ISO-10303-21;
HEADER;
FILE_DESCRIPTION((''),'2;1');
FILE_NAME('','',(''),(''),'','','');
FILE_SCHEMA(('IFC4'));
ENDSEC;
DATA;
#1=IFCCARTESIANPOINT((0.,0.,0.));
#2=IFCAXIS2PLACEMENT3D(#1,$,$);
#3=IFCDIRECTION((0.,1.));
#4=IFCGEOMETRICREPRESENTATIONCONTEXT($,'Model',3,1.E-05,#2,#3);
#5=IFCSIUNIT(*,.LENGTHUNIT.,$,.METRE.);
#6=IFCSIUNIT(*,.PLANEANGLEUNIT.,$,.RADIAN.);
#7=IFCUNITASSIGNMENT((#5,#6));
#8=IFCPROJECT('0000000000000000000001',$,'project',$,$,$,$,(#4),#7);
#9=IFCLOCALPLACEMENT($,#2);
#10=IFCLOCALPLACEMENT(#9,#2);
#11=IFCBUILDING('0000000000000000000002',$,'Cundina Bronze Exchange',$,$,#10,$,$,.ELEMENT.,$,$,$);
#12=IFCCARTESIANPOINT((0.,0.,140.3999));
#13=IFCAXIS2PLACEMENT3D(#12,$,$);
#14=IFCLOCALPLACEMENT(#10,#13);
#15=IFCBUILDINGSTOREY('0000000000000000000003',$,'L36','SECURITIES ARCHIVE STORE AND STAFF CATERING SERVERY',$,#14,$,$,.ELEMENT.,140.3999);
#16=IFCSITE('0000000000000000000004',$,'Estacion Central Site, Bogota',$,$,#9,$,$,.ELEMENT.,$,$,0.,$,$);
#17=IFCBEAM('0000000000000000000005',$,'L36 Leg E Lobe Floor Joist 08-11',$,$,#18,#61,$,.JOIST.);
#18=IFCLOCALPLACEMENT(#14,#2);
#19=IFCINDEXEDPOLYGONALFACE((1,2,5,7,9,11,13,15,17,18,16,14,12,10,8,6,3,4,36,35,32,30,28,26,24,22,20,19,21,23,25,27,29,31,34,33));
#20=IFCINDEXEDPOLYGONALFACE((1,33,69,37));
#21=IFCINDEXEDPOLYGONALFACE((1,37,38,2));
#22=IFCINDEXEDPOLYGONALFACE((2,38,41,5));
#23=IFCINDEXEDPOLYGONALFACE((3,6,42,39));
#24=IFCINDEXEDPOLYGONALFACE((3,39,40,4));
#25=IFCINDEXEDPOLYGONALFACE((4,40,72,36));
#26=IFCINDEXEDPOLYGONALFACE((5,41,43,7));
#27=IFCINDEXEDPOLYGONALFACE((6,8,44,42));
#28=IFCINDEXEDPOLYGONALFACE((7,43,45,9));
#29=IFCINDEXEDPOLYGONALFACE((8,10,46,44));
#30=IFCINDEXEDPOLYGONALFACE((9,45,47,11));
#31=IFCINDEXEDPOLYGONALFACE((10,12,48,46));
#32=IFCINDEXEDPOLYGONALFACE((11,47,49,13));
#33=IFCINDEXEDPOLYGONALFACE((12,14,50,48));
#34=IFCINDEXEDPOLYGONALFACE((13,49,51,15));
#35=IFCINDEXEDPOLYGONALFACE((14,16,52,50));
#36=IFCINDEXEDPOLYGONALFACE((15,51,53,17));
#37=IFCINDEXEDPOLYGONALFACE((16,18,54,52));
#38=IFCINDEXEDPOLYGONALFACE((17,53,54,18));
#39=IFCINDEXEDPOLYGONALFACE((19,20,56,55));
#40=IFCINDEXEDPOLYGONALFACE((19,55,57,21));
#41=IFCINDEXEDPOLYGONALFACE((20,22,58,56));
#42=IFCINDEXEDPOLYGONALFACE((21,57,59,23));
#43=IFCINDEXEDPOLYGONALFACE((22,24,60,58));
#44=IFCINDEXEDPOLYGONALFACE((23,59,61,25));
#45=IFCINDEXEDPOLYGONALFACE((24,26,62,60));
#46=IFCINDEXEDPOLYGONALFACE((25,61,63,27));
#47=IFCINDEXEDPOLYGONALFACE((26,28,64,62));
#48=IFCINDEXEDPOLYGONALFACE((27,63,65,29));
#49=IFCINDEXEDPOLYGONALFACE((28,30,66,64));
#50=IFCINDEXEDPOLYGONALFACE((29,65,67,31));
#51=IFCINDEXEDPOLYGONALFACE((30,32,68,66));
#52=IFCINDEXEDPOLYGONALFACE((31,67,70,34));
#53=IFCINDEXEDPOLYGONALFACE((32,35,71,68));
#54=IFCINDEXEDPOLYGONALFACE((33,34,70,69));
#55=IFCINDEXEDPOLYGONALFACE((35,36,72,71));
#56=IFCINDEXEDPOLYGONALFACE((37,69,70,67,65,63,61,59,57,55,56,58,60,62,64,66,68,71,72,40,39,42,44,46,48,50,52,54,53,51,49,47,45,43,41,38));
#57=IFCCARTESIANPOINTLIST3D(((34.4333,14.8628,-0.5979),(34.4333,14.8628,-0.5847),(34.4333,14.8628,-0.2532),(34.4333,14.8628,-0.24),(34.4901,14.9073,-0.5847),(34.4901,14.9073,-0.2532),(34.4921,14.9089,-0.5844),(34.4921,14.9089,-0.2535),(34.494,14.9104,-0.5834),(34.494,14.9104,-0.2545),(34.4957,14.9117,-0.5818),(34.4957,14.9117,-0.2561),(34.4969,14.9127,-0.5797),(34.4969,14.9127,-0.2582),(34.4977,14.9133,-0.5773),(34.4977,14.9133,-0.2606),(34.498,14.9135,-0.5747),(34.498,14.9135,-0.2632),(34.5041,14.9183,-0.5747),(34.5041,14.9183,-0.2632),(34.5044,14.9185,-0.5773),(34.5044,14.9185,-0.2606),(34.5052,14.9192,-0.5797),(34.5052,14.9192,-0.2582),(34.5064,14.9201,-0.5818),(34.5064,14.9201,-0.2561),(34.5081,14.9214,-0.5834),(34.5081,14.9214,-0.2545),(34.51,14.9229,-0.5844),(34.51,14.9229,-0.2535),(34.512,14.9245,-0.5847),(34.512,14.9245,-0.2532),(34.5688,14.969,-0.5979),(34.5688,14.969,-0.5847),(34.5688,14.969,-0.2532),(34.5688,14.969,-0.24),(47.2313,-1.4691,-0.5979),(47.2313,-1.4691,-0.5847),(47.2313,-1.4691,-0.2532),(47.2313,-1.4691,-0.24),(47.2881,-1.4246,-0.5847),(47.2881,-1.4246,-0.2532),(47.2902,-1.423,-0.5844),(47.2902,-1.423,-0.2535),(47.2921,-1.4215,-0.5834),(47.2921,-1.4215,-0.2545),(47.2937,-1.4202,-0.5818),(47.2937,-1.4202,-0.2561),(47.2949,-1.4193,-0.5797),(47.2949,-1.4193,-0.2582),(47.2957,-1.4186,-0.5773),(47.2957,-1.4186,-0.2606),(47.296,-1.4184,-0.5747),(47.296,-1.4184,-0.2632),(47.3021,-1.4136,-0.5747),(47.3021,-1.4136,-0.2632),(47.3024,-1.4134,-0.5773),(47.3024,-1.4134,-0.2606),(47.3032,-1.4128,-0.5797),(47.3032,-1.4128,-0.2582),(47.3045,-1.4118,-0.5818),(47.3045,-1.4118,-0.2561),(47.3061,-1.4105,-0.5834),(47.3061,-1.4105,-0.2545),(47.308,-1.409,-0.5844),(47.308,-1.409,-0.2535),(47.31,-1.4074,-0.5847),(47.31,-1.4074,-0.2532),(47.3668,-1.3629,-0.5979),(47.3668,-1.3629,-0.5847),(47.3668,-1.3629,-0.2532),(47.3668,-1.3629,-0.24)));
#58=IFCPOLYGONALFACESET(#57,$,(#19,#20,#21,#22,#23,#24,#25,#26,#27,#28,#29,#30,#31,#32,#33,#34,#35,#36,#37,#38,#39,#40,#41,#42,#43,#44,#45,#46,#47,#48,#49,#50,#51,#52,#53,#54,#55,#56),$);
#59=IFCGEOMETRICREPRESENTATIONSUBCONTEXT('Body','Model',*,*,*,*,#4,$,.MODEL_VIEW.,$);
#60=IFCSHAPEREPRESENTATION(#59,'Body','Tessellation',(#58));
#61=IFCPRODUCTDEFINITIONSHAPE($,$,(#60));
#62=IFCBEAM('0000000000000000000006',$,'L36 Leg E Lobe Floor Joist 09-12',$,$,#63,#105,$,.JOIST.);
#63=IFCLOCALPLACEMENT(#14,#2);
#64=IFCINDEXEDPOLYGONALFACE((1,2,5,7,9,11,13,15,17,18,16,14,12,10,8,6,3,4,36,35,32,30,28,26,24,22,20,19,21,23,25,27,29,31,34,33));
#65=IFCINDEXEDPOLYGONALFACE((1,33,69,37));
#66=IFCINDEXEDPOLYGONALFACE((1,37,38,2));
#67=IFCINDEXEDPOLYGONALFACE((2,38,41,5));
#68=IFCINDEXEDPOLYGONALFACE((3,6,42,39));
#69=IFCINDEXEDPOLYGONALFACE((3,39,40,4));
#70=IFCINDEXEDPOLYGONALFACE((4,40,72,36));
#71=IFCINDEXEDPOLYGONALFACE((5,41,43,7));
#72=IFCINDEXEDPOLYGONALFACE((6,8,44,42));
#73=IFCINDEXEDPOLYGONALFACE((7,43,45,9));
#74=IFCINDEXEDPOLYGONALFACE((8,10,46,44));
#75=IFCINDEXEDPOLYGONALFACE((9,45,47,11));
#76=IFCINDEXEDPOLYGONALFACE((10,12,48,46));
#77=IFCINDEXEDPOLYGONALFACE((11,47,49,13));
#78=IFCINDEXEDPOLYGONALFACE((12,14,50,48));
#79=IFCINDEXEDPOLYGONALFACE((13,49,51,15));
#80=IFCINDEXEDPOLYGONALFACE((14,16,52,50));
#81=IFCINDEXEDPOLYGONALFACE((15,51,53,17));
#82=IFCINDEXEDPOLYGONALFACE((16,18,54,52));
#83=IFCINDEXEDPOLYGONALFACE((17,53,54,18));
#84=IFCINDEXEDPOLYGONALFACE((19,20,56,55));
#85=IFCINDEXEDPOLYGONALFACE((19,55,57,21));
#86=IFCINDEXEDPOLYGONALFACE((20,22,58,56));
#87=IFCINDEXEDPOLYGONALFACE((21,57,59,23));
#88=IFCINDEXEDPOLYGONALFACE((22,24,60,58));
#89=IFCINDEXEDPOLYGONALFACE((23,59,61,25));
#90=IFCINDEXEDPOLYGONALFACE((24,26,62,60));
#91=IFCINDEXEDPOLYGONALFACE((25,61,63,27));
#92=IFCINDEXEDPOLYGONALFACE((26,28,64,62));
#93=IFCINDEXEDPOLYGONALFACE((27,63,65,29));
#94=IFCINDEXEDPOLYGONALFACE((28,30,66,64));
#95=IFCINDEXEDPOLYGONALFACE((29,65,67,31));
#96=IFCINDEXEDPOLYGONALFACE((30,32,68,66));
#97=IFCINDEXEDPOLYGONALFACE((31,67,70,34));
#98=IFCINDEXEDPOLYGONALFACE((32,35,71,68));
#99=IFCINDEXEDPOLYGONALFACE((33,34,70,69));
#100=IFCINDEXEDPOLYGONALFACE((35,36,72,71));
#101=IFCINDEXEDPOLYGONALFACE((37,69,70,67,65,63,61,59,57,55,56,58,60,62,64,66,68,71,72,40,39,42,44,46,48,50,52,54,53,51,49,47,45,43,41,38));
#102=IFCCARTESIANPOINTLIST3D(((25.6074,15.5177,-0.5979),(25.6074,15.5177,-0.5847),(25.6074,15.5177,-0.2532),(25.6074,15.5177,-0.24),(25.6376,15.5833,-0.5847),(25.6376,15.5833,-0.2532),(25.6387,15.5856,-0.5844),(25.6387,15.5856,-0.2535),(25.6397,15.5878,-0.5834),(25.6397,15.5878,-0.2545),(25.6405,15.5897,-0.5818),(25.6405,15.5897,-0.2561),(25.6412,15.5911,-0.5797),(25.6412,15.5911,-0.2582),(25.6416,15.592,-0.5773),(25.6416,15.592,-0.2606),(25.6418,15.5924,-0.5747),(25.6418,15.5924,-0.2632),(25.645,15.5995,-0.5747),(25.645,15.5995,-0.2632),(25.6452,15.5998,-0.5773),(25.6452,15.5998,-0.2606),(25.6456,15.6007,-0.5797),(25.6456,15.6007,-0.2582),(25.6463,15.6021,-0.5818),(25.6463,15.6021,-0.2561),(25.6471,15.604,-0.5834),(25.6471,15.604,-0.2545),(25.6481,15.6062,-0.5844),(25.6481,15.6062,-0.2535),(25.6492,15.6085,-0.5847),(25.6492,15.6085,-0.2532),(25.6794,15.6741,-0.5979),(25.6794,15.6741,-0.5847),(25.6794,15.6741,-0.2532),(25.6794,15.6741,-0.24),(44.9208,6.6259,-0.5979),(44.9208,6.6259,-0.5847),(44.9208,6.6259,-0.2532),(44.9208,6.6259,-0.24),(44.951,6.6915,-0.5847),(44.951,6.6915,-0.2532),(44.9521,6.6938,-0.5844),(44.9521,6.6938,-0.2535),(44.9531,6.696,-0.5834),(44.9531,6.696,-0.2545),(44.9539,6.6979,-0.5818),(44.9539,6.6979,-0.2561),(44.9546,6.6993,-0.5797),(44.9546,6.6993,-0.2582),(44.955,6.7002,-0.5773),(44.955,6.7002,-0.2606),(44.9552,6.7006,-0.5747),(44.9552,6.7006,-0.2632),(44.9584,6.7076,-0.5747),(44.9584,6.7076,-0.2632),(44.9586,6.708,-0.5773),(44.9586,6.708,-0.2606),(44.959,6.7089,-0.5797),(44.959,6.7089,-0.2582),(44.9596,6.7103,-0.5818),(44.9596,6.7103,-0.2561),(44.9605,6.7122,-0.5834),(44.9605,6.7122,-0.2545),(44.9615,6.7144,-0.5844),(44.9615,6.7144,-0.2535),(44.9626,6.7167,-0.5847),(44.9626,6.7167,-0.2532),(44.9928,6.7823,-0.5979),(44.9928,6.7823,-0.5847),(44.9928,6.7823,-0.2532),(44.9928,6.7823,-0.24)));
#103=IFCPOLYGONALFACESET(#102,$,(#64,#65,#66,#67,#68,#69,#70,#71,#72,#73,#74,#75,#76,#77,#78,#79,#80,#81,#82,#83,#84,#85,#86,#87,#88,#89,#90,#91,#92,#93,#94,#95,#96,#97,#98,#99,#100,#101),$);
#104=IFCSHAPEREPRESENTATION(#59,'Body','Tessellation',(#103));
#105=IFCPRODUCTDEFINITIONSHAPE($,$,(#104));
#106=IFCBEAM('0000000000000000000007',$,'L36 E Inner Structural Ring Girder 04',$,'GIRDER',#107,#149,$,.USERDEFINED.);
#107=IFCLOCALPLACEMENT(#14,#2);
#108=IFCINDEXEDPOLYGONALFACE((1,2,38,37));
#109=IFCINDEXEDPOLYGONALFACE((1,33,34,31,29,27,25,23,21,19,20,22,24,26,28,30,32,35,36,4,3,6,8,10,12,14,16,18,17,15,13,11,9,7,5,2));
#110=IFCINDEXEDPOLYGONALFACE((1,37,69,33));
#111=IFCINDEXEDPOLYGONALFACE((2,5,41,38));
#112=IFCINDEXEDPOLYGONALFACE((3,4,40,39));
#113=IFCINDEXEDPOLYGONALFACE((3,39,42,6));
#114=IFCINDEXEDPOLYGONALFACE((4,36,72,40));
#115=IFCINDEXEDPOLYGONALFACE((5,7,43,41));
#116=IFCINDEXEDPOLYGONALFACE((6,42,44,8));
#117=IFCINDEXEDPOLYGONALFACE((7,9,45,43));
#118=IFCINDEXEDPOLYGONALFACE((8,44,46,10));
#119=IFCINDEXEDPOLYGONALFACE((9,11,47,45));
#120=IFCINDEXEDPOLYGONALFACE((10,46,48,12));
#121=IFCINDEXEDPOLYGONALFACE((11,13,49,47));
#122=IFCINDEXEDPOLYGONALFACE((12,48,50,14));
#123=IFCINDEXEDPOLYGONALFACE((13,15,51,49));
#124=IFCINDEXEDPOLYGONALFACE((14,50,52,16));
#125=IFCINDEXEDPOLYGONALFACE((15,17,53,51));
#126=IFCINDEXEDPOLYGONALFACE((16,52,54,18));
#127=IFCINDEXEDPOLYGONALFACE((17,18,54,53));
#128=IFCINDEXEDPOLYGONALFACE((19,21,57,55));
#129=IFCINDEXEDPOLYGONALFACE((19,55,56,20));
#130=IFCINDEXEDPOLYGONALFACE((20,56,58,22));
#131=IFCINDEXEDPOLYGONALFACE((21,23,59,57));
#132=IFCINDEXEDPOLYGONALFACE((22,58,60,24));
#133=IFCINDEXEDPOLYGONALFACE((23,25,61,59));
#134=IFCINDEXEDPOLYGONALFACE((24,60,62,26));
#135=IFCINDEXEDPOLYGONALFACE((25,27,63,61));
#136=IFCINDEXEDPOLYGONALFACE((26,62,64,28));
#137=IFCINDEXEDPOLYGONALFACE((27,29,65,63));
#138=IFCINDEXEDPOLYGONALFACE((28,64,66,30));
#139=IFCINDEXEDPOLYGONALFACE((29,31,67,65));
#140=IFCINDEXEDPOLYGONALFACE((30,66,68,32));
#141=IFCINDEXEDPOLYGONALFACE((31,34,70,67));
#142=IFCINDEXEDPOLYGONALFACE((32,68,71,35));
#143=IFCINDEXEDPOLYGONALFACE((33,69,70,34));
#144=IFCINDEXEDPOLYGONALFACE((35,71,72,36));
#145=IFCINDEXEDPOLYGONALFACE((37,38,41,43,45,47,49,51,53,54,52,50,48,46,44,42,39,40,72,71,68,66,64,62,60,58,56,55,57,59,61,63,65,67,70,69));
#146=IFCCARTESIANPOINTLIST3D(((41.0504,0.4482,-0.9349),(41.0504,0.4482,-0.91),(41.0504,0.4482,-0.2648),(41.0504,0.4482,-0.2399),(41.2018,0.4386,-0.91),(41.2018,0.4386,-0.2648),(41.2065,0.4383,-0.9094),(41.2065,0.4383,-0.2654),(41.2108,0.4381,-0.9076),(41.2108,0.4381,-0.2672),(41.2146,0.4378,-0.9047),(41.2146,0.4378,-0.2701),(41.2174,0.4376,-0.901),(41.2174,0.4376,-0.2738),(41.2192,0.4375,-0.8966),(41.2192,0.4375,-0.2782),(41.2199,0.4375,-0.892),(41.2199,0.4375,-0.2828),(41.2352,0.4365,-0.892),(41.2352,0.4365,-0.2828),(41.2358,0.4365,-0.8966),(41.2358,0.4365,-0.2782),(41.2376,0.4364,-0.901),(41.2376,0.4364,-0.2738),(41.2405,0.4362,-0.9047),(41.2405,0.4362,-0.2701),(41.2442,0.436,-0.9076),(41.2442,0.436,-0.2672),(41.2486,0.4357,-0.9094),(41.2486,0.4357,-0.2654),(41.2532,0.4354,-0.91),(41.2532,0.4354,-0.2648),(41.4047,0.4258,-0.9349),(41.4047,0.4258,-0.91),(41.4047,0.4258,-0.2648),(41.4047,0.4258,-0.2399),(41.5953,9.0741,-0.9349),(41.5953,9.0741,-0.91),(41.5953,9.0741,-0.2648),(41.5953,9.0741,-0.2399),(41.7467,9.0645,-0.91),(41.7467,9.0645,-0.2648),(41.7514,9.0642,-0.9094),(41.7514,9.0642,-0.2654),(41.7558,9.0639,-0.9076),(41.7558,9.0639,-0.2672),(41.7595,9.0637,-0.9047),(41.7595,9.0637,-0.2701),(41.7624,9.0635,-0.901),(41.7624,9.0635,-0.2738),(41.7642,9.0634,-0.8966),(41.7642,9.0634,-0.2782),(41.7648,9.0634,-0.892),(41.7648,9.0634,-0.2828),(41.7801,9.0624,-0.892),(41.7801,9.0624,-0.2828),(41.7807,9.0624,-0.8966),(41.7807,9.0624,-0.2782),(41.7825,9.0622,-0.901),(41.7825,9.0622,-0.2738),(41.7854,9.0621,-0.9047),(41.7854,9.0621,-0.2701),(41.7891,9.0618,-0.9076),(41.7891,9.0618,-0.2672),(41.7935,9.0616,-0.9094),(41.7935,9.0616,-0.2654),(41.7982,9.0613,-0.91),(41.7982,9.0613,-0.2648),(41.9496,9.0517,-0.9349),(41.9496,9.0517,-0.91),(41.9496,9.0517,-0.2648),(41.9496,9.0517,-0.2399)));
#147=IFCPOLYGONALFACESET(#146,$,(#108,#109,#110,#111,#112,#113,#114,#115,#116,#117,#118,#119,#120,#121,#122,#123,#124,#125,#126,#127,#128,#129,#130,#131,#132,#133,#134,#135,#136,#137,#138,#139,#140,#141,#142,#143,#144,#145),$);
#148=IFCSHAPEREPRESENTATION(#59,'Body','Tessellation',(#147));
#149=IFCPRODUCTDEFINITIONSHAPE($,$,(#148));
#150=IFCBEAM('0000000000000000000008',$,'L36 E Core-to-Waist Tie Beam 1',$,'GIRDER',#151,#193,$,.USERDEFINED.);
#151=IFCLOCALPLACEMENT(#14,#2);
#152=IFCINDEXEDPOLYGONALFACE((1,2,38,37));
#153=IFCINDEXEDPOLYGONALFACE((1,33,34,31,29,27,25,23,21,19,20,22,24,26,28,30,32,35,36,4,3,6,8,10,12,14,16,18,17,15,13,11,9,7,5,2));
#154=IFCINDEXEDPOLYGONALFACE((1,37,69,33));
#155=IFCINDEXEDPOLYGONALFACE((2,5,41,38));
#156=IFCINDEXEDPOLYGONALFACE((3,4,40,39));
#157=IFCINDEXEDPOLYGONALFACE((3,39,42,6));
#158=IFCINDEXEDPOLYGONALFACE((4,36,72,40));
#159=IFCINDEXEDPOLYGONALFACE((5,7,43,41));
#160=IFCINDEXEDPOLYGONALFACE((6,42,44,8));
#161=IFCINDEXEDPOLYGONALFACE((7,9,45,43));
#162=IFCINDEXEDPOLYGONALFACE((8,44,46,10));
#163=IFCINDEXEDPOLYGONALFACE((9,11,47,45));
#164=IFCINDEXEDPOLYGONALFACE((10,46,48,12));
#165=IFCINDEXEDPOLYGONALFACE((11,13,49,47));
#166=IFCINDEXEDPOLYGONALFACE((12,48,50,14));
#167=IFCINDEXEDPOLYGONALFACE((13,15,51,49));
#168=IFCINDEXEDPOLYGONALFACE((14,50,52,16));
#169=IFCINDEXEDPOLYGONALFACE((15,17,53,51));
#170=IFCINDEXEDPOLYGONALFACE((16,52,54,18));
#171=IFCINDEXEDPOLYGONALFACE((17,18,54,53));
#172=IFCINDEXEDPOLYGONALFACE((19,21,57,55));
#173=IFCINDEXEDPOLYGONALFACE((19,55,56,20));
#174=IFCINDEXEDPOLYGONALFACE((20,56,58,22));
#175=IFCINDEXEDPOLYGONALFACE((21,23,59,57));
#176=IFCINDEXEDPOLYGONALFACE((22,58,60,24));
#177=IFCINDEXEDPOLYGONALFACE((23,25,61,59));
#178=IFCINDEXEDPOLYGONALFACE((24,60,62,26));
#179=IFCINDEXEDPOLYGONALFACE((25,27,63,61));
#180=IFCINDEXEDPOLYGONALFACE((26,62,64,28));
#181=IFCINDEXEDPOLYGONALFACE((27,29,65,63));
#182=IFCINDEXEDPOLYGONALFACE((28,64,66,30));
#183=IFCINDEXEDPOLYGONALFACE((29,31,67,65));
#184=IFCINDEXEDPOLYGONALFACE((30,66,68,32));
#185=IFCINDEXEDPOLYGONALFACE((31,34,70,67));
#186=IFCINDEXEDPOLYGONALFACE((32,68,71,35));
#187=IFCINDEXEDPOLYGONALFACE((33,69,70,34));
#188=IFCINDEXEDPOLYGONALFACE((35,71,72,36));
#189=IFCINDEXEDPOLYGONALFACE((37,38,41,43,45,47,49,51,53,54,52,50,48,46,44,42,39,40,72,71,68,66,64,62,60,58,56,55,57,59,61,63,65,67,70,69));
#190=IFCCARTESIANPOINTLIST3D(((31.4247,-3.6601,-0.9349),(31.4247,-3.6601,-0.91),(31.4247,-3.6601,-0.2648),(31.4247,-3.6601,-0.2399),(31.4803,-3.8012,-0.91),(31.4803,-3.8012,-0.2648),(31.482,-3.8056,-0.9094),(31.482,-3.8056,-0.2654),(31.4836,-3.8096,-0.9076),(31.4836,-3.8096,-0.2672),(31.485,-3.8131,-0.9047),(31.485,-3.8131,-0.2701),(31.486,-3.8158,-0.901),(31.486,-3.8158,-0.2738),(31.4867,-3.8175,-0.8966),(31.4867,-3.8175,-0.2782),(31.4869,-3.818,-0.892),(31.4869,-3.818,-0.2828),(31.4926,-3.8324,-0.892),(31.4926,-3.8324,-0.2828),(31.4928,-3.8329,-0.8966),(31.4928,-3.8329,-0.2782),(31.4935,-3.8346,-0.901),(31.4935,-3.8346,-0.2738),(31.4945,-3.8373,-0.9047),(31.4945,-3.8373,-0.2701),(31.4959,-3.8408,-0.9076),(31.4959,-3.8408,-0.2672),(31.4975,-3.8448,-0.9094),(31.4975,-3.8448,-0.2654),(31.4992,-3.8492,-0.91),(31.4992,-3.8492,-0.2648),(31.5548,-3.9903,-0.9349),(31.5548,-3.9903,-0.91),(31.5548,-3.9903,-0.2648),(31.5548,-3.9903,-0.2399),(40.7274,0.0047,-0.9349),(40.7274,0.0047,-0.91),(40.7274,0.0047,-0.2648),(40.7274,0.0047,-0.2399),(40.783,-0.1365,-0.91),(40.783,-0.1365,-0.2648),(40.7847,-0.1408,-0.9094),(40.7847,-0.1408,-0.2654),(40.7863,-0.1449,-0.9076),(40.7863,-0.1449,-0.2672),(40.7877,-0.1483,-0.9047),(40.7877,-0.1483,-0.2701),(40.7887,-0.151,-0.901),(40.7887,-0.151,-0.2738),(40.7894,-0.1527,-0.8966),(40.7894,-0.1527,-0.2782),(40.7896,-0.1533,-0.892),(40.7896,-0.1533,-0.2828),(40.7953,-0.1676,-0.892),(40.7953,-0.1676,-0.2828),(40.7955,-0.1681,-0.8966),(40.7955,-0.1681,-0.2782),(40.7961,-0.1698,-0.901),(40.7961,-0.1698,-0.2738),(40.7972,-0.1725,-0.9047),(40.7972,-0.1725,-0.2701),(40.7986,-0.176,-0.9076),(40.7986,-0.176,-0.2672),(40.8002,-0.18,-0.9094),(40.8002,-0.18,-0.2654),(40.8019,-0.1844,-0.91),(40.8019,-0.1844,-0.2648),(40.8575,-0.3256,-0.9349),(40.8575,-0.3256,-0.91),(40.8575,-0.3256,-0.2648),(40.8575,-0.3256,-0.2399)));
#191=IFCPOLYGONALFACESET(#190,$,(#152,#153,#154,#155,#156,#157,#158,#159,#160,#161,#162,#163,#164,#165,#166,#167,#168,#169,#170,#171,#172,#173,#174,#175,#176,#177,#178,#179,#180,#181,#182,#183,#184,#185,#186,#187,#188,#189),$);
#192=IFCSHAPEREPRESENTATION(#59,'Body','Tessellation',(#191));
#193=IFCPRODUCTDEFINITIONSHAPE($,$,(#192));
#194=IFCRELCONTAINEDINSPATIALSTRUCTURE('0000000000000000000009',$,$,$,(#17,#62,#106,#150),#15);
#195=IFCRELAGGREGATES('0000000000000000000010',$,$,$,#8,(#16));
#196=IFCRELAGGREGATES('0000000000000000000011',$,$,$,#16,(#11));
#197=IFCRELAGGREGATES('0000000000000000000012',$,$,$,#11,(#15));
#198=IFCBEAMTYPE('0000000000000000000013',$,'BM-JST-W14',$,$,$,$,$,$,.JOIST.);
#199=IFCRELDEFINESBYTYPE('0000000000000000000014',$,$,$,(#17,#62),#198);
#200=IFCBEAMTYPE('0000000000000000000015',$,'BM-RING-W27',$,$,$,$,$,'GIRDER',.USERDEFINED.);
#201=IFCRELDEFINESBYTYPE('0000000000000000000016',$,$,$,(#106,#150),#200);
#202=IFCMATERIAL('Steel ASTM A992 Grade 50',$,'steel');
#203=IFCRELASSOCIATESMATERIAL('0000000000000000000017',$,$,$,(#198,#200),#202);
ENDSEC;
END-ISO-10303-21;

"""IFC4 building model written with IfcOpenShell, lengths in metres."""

from ifc_helpers import new_model, si_unit, direction, frame, origin, origin_2d, place, context, subcontext, project, spatial, i_section, extrude, material, material_profile, profile_set, type_object, element, save


model = new_model("IFC4")

# Units and contexts
model_context = context("Model", 3, precision=1e-05, world=origin(), true_north=direction((0.0, 1.0)))
body_context = subcontext(model_context, "Body", "Model", "MODEL_VIEW")
ifc_project = project(units=[si_unit("LENGTHUNIT", "METRE"), si_unit("PLANEANGLEUNIT", "RADIAN")], contexts=[model_context])

# Site, building, storey
site_placement = place(None, origin())
site = spatial("IfcSite", under=ifc_project, at=site_placement, Name="Estacion Central Site, Bogota", CompositionType="ELEMENT", RefElevation=0.0)
building_placement = place(site_placement, origin())
building = spatial("IfcBuilding", under=site, at=building_placement, Name="Cundina Bronze Exchange", CompositionType="ELEMENT")
storey_placement = place(building_placement, frame((0.0, 0.0, 140.3999)))
storey = spatial("IfcBuildingStorey", under=building, at=storey_placement, Name="L36", Description="SECURITIES ARCHIVE STORE AND STAFF CATERING SERVERY", CompositionType="ELEMENT", Elevation=140.3999)

# Shared definitions
ifc_material_1 = material(Name="Steel ASTM A992 Grade 50", Category="steel")

# Beams
ifc_material_profile_1 = material_profile(ifc_material_1, i_section(OverallWidth=0.1721, OverallDepth=0.3579, WebThickness=0.0078, FlangeThickness=0.0132, FilletRadius=0.01, at=origin_2d()), Name="W14X38", Category="steel")
ifc_profile_set_1 = profile_set([ifc_material_profile_1], Name="Steel ASTM A992 Grade 50")
beam_type_1 = type_object("IfcBeamType", Name="BM-JST-W14", PredefinedType="JOIST", material=ifc_profile_set_1)
beam_1_placement = place(storey_placement, frame((47.2991, -1.416, -0.4189), z_axis=(-0.616801, 0.787119, 0.0), x_axis=(-0.787119, -0.616801, 0.0)))
element("IfcBeam", 1, at=beam_1_placement, inside=storey, type_object=beam_type_1, Name="L36 Leg E Lobe Floor Joist 08-11", PredefinedType="JOIST", context=body_context, shape_type="SweptSolid", body=[
    extrude(i_section(OverallWidth=0.1721, OverallDepth=0.3579, WebThickness=0.0078, FlangeThickness=0.0132, FilletRadius=0.01, at=origin_2d()), origin(), (0.0, 0.0, 1.0), 20.749),
])
beam_2_placement = place(storey_placement, frame((44.9568, 6.7041, -0.4189), z_axis=(-0.908354, 0.418202, 0.0), x_axis=(-0.418202, -0.908354, 0.0)))
element("IfcBeam", 2, at=beam_2_placement, inside=storey, type_object=beam_type_1, Name="L36 Leg E Lobe Floor Joist 09-12", PredefinedType="JOIST", context=body_context, shape_type="SweptSolid", body=[
    extrude(i_section(OverallWidth=0.1721, OverallDepth=0.3579, WebThickness=0.0078, FlangeThickness=0.0132, FilletRadius=0.01, at=origin_2d()), origin(), (0.0, 0.0, 1.0), 21.262),
])
ifc_material_profile_2 = material_profile(ifc_material_1, i_section(OverallWidth=0.355, OverallDepth=0.6951, WebThickness=0.0154, FlangeThickness=0.0249, FilletRadius=0.0181, at=origin_2d()), Name="W27X146", Category="steel")
ifc_profile_set_2 = profile_set([ifc_material_profile_2], Name="Steel ASTM A992 Grade 50")
beam_type_2 = type_object("IfcBeamType", Name="BM-RING-W27", ElementType="GIRDER", PredefinedType="USERDEFINED", material=ifc_profile_set_2)
beam_3_placement = place(storey_placement, frame((41.2275, 0.437, -0.5874), z_axis=(0.063047, 0.998011, 0.0), x_axis=(-0.998011, 0.063047, 0.0)))
element("IfcBeam", 3, at=beam_3_placement, inside=storey, type_object=beam_type_2, Name="L36 E Inner Structural Ring Girder 04", ObjectType="GIRDER", PredefinedType="USERDEFINED", context=body_context, shape_type="SweptSolid", body=[
    extrude(i_section(OverallWidth=0.355, OverallDepth=0.6951, WebThickness=0.0154, FlangeThickness=0.0249, FilletRadius=0.0181, at=origin_2d()), origin(), (0.0, 0.0, 1.0), 8.6431),
])
beam_4_placement = place(storey_placement, frame((31.4897, -3.8252, -0.5874), z_axis=(0.930406, 0.366532, 0.0), x_axis=(-0.366532, 0.930406, 0.0)))
element("IfcBeam", 4, at=beam_4_placement, inside=storey, type_object=beam_type_2, Name="L36 E Core-to-Waist Tie Beam 1", ObjectType="GIRDER", PredefinedType="USERDEFINED", context=body_context, shape_type="SweptSolid", body=[
    extrude(i_section(OverallWidth=0.355, OverallDepth=0.6951, WebThickness=0.0154, FlangeThickness=0.0249, FilletRadius=0.0181, at=origin_2d()), origin(), (0.0, 0.0, 1.0), 9.9985),
])

save(model, "model.ifc")
